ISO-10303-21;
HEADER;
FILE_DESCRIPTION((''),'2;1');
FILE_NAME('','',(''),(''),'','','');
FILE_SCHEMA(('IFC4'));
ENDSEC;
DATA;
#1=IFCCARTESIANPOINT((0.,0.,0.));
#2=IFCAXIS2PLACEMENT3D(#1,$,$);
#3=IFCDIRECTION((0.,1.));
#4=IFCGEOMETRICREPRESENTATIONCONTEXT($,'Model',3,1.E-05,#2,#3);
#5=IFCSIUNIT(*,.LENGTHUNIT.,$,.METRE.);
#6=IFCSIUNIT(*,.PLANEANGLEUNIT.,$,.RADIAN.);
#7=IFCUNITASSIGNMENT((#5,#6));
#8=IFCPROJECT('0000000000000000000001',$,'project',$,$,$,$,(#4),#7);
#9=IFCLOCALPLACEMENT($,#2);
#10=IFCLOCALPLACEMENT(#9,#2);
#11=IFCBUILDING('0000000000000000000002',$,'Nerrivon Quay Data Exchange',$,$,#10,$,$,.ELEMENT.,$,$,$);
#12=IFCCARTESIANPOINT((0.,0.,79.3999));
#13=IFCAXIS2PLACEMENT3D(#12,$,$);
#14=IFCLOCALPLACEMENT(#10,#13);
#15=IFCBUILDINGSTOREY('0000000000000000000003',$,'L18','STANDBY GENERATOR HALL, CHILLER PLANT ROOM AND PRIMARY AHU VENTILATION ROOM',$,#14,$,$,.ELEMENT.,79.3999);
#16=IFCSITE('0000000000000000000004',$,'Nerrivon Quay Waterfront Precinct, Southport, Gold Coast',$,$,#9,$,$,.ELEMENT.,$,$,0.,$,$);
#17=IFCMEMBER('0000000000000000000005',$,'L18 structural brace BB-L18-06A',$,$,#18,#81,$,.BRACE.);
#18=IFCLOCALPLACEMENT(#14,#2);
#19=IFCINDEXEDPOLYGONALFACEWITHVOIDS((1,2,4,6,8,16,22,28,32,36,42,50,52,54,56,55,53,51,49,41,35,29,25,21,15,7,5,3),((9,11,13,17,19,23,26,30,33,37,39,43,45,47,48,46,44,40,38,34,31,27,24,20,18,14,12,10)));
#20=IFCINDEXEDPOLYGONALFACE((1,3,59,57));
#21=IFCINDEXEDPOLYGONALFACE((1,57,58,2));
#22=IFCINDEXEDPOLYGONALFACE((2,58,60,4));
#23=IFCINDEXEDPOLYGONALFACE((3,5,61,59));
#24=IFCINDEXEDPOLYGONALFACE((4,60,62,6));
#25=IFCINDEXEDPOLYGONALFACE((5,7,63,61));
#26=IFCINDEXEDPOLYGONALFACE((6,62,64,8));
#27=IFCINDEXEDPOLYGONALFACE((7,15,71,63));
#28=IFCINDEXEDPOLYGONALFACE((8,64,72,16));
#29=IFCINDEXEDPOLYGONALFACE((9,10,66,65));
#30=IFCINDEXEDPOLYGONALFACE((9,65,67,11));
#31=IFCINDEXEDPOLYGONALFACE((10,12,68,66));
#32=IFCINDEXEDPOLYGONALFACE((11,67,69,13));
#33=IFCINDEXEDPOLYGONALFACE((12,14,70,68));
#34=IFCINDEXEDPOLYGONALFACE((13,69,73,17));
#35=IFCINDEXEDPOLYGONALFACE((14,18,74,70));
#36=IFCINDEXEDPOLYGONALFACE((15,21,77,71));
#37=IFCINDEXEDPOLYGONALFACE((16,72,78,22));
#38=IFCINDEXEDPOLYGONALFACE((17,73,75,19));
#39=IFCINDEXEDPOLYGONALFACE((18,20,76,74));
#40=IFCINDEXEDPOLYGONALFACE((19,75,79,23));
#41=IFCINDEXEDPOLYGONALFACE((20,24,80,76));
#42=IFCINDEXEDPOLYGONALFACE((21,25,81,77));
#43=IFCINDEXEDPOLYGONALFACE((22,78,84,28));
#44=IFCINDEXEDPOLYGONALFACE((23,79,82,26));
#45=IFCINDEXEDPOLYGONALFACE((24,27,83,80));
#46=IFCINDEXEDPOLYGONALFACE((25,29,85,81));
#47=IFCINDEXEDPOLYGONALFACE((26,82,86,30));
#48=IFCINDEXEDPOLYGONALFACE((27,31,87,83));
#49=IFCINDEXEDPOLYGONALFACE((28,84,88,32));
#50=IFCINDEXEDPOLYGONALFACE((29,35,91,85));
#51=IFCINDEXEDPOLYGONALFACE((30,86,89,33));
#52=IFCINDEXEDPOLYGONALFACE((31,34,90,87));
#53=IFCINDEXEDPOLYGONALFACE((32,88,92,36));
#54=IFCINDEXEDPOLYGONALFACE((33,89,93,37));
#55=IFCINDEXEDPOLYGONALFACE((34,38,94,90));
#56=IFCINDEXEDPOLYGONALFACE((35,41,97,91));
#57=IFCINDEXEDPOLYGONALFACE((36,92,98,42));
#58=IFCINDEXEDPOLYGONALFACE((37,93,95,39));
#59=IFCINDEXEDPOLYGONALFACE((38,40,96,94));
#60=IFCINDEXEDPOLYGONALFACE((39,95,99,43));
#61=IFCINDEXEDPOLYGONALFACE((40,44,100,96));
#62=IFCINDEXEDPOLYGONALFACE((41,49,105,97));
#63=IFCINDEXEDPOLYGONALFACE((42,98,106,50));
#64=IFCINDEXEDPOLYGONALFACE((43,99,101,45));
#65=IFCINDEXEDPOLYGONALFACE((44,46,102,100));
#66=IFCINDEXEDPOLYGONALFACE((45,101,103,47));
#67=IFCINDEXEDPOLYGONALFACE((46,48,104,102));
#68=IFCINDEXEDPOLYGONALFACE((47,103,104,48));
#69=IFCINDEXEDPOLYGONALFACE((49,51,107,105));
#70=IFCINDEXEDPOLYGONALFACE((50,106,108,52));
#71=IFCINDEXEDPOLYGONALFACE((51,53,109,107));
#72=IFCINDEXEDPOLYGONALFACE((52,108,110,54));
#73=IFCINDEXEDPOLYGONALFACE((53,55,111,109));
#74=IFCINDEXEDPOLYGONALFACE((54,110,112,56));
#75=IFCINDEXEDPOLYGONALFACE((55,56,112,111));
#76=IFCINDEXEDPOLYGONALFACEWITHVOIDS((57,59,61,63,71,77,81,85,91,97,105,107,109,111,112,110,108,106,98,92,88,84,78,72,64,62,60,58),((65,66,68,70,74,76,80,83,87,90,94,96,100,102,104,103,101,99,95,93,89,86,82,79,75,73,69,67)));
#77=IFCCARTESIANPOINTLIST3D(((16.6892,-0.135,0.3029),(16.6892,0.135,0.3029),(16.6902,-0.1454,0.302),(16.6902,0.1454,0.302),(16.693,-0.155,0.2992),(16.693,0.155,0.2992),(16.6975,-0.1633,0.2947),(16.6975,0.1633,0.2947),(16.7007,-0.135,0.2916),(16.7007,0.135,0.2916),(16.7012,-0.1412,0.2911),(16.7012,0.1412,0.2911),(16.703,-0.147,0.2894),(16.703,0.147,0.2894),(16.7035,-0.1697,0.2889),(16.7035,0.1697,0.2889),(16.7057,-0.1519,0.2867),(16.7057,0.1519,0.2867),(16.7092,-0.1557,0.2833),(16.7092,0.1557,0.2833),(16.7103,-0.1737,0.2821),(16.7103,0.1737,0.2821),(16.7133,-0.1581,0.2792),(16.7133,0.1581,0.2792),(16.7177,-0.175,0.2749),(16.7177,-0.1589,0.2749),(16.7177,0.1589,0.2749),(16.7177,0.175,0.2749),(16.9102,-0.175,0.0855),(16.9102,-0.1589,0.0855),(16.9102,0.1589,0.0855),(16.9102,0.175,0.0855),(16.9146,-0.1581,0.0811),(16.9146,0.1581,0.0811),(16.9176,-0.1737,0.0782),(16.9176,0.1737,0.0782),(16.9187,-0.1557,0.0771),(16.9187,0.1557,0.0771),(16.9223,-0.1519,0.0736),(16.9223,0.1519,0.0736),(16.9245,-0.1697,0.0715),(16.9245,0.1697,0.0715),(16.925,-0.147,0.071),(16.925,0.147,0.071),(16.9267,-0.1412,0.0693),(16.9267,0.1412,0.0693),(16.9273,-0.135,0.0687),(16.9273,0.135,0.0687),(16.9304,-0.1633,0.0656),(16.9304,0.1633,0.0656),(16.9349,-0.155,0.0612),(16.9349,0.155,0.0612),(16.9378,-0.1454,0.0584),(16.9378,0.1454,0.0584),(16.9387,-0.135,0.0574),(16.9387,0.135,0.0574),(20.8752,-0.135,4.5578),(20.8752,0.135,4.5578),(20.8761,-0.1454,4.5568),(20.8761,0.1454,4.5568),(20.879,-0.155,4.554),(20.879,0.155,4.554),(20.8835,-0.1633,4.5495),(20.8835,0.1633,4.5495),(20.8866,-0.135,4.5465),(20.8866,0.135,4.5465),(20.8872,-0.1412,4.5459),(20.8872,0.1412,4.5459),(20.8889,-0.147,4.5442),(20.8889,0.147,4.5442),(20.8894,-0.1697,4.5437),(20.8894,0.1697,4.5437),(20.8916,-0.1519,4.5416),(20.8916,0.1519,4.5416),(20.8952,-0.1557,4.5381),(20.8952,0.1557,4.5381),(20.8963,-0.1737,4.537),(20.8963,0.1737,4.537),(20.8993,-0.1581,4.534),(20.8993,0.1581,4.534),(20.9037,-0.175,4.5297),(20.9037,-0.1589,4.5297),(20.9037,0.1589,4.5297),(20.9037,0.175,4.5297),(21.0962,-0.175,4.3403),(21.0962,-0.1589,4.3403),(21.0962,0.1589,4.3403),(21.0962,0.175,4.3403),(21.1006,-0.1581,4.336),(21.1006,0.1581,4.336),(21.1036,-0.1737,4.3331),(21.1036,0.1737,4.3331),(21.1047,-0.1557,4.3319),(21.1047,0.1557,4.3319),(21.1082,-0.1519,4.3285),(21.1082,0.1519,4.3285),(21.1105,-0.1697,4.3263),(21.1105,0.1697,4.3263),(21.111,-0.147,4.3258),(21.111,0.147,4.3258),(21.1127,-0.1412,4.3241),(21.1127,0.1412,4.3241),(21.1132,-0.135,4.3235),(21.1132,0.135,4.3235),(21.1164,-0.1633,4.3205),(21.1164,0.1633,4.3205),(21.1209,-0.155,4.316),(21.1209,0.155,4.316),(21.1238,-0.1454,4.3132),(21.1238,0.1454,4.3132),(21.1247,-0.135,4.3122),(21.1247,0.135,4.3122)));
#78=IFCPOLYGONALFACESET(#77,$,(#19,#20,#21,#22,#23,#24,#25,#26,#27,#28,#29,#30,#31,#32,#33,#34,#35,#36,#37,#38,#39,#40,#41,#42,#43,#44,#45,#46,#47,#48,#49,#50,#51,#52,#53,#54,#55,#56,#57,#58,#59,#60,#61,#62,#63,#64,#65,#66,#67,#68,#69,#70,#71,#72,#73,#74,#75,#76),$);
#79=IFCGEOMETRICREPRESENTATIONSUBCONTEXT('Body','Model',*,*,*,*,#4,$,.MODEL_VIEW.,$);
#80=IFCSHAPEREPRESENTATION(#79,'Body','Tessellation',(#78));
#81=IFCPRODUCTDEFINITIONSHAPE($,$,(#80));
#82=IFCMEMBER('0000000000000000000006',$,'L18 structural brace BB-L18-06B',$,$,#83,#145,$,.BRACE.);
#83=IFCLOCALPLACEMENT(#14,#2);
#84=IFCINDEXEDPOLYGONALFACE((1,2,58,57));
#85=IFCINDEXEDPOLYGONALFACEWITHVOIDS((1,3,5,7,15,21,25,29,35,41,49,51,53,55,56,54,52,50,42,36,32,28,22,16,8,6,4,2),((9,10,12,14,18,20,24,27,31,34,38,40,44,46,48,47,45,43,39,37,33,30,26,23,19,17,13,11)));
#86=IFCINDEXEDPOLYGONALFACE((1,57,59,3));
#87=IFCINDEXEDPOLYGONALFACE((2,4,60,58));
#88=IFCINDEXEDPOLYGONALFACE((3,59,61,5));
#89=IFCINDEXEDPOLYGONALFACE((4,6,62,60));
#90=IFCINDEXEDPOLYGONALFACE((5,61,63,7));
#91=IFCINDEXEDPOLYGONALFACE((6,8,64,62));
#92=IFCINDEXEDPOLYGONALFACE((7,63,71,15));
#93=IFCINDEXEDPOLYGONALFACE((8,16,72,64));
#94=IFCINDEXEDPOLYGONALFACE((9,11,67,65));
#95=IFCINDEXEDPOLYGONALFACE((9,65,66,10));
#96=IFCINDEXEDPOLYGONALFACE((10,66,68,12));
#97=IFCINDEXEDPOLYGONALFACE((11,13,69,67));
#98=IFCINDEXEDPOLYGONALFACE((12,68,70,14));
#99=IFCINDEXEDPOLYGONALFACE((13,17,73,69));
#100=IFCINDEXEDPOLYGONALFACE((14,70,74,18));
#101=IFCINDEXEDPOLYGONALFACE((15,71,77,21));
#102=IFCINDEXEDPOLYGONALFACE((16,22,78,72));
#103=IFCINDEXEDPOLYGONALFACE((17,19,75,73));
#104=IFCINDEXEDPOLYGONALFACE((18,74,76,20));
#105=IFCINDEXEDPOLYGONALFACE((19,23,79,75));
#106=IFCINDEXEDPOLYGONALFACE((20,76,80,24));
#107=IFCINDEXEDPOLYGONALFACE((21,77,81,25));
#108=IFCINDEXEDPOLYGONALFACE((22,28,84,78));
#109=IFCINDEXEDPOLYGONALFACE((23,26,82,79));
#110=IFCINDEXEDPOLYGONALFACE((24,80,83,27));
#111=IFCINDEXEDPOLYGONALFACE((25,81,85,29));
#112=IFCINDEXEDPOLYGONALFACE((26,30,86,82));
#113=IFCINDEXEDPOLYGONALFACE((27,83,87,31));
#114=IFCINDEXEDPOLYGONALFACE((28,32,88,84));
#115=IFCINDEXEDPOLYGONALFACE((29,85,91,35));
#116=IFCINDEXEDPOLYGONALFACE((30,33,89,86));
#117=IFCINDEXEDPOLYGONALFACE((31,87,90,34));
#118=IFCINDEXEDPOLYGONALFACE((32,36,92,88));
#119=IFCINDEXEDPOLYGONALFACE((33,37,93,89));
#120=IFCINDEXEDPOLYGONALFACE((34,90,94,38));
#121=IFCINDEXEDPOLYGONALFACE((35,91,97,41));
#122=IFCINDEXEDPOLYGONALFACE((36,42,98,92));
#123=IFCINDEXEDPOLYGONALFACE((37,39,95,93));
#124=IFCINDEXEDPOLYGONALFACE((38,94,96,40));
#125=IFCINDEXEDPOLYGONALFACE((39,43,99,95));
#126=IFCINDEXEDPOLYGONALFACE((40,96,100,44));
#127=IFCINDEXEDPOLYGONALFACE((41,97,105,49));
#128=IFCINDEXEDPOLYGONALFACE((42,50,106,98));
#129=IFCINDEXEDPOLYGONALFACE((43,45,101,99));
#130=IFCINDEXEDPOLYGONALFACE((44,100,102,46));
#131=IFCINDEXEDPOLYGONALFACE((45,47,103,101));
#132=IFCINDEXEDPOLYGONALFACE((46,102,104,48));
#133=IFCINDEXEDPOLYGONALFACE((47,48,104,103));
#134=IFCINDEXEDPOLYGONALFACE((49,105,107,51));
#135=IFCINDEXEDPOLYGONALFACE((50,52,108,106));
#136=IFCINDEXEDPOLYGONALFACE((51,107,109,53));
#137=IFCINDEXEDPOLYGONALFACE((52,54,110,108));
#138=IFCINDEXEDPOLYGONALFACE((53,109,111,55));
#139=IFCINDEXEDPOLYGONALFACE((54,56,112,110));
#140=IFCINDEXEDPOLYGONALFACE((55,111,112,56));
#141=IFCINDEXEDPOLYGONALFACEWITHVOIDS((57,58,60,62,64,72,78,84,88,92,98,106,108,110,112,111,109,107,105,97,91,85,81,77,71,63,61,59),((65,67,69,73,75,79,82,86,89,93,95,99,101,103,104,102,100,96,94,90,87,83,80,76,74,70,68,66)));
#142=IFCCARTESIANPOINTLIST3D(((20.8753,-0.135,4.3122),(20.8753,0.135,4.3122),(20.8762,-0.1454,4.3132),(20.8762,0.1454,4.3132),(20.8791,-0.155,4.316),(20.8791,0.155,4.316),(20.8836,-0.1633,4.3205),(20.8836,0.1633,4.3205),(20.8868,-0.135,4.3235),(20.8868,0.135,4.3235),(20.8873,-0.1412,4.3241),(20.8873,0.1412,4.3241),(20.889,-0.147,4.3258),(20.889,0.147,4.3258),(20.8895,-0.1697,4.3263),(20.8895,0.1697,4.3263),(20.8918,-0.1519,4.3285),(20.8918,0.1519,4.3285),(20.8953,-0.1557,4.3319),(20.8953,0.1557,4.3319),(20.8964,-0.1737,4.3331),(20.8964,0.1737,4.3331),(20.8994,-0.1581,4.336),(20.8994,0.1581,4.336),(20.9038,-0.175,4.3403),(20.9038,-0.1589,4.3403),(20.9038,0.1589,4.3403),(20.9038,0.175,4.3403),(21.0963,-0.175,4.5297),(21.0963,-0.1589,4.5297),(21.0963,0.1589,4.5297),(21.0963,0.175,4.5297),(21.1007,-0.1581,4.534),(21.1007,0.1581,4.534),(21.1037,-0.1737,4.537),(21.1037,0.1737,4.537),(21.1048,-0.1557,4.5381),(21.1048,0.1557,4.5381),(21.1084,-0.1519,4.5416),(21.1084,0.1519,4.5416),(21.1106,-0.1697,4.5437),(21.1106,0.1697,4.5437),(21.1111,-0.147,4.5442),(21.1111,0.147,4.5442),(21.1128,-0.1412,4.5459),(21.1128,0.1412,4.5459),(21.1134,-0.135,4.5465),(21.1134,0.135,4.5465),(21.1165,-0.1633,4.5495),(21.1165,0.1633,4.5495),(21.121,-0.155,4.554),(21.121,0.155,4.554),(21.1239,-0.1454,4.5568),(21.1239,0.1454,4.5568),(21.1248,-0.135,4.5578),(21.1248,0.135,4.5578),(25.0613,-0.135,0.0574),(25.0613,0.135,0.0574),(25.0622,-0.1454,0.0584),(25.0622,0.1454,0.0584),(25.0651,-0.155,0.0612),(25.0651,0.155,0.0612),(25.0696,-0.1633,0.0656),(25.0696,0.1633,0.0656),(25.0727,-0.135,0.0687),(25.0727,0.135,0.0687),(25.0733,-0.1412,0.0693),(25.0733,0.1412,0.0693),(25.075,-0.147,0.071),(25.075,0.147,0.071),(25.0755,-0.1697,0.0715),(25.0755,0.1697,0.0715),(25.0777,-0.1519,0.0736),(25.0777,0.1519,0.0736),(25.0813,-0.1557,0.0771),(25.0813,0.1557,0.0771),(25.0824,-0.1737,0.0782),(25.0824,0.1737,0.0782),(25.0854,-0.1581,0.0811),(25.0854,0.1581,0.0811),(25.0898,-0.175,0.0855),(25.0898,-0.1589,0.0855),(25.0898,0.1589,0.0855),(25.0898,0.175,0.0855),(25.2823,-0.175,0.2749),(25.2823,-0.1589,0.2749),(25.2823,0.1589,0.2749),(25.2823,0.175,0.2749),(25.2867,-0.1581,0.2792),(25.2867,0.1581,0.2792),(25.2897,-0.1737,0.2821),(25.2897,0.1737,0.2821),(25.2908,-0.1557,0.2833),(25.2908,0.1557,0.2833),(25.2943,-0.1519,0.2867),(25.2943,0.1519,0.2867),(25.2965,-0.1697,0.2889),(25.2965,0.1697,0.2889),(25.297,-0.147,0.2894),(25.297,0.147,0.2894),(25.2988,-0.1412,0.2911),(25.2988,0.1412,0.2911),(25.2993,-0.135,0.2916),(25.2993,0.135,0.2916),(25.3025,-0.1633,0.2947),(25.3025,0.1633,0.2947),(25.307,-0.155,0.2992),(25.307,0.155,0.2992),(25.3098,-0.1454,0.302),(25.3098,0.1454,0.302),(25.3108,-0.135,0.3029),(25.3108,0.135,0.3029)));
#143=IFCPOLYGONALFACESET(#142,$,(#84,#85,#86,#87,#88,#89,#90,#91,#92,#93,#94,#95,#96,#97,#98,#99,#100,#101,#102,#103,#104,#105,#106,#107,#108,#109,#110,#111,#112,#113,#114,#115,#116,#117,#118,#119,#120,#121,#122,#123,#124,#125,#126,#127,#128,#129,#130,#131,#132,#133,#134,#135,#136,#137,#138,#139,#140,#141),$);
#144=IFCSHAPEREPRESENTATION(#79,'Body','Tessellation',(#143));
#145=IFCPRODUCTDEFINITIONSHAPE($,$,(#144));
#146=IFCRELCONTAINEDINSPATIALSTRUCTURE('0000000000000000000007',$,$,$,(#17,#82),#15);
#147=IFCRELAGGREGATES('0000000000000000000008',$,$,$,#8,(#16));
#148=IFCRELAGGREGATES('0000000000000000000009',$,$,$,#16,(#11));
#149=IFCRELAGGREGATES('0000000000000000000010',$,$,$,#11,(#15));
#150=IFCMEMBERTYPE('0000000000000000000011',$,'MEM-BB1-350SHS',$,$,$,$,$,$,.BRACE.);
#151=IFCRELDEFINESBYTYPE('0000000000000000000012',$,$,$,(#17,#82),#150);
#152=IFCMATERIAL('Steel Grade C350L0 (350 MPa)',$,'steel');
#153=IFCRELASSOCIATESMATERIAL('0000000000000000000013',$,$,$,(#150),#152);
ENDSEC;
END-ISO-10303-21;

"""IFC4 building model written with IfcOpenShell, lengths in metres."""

from ifc_helpers import new_model, si_unit, direction, frame, origin, origin_2d, place, context, subcontext, project, spatial, hollow_rectangle, extrude, material, material_profile, profile_set, type_object, element, save


model = new_model("IFC4")

# Units and contexts
model_context = context("Model", 3, precision=1e-05, world=origin(), true_north=direction((0.0, 1.0)))
body_context = subcontext(model_context, "Body", "Model", "MODEL_VIEW")
ifc_project = project(units=[si_unit("LENGTHUNIT", "METRE"), si_unit("PLANEANGLEUNIT", "RADIAN")], contexts=[model_context])

# Site, building, storey
site_placement = place(None, origin())
site = spatial("IfcSite", under=ifc_project, at=site_placement, Name="Nerrivon Quay Waterfront Precinct, Southport, Gold Coast", CompositionType="ELEMENT", RefElevation=0.0)
building_placement = place(site_placement, origin())
building = spatial("IfcBuilding", under=site, at=building_placement, Name="Nerrivon Quay Data Exchange", CompositionType="ELEMENT")
storey_placement = place(building_placement, frame((0.0, 0.0, 79.3999)))
storey = spatial("IfcBuildingStorey", under=building, at=storey_placement, Name="L18", Description="STANDBY GENERATOR HALL, CHILLER PLANT ROOM AND PRIMARY AHU VENTILATION ROOM", CompositionType="ELEMENT", Elevation=79.3999)

# Shared definitions
ifc_material_1 = material(Name="Steel Grade C350L0 (350 MPa)", Category="steel")

# Members
ifc_material_profile_1 = material_profile(ifc_material_1, hollow_rectangle(XDim=0.3501, YDim=0.3501, WallThickness=0.0161, InnerFilletRadius=0.0239, OuterFilletRadius=0.04, at=origin_2d()), Name="350x350x16.0SHS")
ifc_profile_set_1 = profile_set([ifc_material_profile_1], Name="Steel Grade C350L0 (350 MPa)")
member_type_1 = type_object("IfcMemberType", Name="MEM-BB1-350SHS", PredefinedType="BRACE", material=ifc_profile_set_1)
for number, where, z_axis, x_axis, name in (
    (1, (16.814, 0.0, 0.1802), (0.701316, 0.0, 0.712851), (0.0, 1.0, 0.0), "L18 structural brace BB-L18-06A"),
    (2, (25.186, 0.0, 0.1802), (-0.701316, 0.0, 0.712851), (0.0, -1.0, 0.0), "L18 structural brace BB-L18-06B"),
):
    element("IfcMember", number, at=place(storey_placement, frame(where, z_axis=z_axis, x_axis=x_axis)), inside=storey, type_object=member_type_1, Name=name, PredefinedType="BRACE", context=body_context, shape_type="SweptSolid", body=[
        extrude(hollow_rectangle(XDim=0.3501, YDim=0.3501, WallThickness=0.0161, InnerFilletRadius=0.0239, OuterFilletRadius=0.04, at=origin_2d()), origin(), (0.0, 0.0, 1.0), 5.9688),
    ])

save(model, "model.ifc")
